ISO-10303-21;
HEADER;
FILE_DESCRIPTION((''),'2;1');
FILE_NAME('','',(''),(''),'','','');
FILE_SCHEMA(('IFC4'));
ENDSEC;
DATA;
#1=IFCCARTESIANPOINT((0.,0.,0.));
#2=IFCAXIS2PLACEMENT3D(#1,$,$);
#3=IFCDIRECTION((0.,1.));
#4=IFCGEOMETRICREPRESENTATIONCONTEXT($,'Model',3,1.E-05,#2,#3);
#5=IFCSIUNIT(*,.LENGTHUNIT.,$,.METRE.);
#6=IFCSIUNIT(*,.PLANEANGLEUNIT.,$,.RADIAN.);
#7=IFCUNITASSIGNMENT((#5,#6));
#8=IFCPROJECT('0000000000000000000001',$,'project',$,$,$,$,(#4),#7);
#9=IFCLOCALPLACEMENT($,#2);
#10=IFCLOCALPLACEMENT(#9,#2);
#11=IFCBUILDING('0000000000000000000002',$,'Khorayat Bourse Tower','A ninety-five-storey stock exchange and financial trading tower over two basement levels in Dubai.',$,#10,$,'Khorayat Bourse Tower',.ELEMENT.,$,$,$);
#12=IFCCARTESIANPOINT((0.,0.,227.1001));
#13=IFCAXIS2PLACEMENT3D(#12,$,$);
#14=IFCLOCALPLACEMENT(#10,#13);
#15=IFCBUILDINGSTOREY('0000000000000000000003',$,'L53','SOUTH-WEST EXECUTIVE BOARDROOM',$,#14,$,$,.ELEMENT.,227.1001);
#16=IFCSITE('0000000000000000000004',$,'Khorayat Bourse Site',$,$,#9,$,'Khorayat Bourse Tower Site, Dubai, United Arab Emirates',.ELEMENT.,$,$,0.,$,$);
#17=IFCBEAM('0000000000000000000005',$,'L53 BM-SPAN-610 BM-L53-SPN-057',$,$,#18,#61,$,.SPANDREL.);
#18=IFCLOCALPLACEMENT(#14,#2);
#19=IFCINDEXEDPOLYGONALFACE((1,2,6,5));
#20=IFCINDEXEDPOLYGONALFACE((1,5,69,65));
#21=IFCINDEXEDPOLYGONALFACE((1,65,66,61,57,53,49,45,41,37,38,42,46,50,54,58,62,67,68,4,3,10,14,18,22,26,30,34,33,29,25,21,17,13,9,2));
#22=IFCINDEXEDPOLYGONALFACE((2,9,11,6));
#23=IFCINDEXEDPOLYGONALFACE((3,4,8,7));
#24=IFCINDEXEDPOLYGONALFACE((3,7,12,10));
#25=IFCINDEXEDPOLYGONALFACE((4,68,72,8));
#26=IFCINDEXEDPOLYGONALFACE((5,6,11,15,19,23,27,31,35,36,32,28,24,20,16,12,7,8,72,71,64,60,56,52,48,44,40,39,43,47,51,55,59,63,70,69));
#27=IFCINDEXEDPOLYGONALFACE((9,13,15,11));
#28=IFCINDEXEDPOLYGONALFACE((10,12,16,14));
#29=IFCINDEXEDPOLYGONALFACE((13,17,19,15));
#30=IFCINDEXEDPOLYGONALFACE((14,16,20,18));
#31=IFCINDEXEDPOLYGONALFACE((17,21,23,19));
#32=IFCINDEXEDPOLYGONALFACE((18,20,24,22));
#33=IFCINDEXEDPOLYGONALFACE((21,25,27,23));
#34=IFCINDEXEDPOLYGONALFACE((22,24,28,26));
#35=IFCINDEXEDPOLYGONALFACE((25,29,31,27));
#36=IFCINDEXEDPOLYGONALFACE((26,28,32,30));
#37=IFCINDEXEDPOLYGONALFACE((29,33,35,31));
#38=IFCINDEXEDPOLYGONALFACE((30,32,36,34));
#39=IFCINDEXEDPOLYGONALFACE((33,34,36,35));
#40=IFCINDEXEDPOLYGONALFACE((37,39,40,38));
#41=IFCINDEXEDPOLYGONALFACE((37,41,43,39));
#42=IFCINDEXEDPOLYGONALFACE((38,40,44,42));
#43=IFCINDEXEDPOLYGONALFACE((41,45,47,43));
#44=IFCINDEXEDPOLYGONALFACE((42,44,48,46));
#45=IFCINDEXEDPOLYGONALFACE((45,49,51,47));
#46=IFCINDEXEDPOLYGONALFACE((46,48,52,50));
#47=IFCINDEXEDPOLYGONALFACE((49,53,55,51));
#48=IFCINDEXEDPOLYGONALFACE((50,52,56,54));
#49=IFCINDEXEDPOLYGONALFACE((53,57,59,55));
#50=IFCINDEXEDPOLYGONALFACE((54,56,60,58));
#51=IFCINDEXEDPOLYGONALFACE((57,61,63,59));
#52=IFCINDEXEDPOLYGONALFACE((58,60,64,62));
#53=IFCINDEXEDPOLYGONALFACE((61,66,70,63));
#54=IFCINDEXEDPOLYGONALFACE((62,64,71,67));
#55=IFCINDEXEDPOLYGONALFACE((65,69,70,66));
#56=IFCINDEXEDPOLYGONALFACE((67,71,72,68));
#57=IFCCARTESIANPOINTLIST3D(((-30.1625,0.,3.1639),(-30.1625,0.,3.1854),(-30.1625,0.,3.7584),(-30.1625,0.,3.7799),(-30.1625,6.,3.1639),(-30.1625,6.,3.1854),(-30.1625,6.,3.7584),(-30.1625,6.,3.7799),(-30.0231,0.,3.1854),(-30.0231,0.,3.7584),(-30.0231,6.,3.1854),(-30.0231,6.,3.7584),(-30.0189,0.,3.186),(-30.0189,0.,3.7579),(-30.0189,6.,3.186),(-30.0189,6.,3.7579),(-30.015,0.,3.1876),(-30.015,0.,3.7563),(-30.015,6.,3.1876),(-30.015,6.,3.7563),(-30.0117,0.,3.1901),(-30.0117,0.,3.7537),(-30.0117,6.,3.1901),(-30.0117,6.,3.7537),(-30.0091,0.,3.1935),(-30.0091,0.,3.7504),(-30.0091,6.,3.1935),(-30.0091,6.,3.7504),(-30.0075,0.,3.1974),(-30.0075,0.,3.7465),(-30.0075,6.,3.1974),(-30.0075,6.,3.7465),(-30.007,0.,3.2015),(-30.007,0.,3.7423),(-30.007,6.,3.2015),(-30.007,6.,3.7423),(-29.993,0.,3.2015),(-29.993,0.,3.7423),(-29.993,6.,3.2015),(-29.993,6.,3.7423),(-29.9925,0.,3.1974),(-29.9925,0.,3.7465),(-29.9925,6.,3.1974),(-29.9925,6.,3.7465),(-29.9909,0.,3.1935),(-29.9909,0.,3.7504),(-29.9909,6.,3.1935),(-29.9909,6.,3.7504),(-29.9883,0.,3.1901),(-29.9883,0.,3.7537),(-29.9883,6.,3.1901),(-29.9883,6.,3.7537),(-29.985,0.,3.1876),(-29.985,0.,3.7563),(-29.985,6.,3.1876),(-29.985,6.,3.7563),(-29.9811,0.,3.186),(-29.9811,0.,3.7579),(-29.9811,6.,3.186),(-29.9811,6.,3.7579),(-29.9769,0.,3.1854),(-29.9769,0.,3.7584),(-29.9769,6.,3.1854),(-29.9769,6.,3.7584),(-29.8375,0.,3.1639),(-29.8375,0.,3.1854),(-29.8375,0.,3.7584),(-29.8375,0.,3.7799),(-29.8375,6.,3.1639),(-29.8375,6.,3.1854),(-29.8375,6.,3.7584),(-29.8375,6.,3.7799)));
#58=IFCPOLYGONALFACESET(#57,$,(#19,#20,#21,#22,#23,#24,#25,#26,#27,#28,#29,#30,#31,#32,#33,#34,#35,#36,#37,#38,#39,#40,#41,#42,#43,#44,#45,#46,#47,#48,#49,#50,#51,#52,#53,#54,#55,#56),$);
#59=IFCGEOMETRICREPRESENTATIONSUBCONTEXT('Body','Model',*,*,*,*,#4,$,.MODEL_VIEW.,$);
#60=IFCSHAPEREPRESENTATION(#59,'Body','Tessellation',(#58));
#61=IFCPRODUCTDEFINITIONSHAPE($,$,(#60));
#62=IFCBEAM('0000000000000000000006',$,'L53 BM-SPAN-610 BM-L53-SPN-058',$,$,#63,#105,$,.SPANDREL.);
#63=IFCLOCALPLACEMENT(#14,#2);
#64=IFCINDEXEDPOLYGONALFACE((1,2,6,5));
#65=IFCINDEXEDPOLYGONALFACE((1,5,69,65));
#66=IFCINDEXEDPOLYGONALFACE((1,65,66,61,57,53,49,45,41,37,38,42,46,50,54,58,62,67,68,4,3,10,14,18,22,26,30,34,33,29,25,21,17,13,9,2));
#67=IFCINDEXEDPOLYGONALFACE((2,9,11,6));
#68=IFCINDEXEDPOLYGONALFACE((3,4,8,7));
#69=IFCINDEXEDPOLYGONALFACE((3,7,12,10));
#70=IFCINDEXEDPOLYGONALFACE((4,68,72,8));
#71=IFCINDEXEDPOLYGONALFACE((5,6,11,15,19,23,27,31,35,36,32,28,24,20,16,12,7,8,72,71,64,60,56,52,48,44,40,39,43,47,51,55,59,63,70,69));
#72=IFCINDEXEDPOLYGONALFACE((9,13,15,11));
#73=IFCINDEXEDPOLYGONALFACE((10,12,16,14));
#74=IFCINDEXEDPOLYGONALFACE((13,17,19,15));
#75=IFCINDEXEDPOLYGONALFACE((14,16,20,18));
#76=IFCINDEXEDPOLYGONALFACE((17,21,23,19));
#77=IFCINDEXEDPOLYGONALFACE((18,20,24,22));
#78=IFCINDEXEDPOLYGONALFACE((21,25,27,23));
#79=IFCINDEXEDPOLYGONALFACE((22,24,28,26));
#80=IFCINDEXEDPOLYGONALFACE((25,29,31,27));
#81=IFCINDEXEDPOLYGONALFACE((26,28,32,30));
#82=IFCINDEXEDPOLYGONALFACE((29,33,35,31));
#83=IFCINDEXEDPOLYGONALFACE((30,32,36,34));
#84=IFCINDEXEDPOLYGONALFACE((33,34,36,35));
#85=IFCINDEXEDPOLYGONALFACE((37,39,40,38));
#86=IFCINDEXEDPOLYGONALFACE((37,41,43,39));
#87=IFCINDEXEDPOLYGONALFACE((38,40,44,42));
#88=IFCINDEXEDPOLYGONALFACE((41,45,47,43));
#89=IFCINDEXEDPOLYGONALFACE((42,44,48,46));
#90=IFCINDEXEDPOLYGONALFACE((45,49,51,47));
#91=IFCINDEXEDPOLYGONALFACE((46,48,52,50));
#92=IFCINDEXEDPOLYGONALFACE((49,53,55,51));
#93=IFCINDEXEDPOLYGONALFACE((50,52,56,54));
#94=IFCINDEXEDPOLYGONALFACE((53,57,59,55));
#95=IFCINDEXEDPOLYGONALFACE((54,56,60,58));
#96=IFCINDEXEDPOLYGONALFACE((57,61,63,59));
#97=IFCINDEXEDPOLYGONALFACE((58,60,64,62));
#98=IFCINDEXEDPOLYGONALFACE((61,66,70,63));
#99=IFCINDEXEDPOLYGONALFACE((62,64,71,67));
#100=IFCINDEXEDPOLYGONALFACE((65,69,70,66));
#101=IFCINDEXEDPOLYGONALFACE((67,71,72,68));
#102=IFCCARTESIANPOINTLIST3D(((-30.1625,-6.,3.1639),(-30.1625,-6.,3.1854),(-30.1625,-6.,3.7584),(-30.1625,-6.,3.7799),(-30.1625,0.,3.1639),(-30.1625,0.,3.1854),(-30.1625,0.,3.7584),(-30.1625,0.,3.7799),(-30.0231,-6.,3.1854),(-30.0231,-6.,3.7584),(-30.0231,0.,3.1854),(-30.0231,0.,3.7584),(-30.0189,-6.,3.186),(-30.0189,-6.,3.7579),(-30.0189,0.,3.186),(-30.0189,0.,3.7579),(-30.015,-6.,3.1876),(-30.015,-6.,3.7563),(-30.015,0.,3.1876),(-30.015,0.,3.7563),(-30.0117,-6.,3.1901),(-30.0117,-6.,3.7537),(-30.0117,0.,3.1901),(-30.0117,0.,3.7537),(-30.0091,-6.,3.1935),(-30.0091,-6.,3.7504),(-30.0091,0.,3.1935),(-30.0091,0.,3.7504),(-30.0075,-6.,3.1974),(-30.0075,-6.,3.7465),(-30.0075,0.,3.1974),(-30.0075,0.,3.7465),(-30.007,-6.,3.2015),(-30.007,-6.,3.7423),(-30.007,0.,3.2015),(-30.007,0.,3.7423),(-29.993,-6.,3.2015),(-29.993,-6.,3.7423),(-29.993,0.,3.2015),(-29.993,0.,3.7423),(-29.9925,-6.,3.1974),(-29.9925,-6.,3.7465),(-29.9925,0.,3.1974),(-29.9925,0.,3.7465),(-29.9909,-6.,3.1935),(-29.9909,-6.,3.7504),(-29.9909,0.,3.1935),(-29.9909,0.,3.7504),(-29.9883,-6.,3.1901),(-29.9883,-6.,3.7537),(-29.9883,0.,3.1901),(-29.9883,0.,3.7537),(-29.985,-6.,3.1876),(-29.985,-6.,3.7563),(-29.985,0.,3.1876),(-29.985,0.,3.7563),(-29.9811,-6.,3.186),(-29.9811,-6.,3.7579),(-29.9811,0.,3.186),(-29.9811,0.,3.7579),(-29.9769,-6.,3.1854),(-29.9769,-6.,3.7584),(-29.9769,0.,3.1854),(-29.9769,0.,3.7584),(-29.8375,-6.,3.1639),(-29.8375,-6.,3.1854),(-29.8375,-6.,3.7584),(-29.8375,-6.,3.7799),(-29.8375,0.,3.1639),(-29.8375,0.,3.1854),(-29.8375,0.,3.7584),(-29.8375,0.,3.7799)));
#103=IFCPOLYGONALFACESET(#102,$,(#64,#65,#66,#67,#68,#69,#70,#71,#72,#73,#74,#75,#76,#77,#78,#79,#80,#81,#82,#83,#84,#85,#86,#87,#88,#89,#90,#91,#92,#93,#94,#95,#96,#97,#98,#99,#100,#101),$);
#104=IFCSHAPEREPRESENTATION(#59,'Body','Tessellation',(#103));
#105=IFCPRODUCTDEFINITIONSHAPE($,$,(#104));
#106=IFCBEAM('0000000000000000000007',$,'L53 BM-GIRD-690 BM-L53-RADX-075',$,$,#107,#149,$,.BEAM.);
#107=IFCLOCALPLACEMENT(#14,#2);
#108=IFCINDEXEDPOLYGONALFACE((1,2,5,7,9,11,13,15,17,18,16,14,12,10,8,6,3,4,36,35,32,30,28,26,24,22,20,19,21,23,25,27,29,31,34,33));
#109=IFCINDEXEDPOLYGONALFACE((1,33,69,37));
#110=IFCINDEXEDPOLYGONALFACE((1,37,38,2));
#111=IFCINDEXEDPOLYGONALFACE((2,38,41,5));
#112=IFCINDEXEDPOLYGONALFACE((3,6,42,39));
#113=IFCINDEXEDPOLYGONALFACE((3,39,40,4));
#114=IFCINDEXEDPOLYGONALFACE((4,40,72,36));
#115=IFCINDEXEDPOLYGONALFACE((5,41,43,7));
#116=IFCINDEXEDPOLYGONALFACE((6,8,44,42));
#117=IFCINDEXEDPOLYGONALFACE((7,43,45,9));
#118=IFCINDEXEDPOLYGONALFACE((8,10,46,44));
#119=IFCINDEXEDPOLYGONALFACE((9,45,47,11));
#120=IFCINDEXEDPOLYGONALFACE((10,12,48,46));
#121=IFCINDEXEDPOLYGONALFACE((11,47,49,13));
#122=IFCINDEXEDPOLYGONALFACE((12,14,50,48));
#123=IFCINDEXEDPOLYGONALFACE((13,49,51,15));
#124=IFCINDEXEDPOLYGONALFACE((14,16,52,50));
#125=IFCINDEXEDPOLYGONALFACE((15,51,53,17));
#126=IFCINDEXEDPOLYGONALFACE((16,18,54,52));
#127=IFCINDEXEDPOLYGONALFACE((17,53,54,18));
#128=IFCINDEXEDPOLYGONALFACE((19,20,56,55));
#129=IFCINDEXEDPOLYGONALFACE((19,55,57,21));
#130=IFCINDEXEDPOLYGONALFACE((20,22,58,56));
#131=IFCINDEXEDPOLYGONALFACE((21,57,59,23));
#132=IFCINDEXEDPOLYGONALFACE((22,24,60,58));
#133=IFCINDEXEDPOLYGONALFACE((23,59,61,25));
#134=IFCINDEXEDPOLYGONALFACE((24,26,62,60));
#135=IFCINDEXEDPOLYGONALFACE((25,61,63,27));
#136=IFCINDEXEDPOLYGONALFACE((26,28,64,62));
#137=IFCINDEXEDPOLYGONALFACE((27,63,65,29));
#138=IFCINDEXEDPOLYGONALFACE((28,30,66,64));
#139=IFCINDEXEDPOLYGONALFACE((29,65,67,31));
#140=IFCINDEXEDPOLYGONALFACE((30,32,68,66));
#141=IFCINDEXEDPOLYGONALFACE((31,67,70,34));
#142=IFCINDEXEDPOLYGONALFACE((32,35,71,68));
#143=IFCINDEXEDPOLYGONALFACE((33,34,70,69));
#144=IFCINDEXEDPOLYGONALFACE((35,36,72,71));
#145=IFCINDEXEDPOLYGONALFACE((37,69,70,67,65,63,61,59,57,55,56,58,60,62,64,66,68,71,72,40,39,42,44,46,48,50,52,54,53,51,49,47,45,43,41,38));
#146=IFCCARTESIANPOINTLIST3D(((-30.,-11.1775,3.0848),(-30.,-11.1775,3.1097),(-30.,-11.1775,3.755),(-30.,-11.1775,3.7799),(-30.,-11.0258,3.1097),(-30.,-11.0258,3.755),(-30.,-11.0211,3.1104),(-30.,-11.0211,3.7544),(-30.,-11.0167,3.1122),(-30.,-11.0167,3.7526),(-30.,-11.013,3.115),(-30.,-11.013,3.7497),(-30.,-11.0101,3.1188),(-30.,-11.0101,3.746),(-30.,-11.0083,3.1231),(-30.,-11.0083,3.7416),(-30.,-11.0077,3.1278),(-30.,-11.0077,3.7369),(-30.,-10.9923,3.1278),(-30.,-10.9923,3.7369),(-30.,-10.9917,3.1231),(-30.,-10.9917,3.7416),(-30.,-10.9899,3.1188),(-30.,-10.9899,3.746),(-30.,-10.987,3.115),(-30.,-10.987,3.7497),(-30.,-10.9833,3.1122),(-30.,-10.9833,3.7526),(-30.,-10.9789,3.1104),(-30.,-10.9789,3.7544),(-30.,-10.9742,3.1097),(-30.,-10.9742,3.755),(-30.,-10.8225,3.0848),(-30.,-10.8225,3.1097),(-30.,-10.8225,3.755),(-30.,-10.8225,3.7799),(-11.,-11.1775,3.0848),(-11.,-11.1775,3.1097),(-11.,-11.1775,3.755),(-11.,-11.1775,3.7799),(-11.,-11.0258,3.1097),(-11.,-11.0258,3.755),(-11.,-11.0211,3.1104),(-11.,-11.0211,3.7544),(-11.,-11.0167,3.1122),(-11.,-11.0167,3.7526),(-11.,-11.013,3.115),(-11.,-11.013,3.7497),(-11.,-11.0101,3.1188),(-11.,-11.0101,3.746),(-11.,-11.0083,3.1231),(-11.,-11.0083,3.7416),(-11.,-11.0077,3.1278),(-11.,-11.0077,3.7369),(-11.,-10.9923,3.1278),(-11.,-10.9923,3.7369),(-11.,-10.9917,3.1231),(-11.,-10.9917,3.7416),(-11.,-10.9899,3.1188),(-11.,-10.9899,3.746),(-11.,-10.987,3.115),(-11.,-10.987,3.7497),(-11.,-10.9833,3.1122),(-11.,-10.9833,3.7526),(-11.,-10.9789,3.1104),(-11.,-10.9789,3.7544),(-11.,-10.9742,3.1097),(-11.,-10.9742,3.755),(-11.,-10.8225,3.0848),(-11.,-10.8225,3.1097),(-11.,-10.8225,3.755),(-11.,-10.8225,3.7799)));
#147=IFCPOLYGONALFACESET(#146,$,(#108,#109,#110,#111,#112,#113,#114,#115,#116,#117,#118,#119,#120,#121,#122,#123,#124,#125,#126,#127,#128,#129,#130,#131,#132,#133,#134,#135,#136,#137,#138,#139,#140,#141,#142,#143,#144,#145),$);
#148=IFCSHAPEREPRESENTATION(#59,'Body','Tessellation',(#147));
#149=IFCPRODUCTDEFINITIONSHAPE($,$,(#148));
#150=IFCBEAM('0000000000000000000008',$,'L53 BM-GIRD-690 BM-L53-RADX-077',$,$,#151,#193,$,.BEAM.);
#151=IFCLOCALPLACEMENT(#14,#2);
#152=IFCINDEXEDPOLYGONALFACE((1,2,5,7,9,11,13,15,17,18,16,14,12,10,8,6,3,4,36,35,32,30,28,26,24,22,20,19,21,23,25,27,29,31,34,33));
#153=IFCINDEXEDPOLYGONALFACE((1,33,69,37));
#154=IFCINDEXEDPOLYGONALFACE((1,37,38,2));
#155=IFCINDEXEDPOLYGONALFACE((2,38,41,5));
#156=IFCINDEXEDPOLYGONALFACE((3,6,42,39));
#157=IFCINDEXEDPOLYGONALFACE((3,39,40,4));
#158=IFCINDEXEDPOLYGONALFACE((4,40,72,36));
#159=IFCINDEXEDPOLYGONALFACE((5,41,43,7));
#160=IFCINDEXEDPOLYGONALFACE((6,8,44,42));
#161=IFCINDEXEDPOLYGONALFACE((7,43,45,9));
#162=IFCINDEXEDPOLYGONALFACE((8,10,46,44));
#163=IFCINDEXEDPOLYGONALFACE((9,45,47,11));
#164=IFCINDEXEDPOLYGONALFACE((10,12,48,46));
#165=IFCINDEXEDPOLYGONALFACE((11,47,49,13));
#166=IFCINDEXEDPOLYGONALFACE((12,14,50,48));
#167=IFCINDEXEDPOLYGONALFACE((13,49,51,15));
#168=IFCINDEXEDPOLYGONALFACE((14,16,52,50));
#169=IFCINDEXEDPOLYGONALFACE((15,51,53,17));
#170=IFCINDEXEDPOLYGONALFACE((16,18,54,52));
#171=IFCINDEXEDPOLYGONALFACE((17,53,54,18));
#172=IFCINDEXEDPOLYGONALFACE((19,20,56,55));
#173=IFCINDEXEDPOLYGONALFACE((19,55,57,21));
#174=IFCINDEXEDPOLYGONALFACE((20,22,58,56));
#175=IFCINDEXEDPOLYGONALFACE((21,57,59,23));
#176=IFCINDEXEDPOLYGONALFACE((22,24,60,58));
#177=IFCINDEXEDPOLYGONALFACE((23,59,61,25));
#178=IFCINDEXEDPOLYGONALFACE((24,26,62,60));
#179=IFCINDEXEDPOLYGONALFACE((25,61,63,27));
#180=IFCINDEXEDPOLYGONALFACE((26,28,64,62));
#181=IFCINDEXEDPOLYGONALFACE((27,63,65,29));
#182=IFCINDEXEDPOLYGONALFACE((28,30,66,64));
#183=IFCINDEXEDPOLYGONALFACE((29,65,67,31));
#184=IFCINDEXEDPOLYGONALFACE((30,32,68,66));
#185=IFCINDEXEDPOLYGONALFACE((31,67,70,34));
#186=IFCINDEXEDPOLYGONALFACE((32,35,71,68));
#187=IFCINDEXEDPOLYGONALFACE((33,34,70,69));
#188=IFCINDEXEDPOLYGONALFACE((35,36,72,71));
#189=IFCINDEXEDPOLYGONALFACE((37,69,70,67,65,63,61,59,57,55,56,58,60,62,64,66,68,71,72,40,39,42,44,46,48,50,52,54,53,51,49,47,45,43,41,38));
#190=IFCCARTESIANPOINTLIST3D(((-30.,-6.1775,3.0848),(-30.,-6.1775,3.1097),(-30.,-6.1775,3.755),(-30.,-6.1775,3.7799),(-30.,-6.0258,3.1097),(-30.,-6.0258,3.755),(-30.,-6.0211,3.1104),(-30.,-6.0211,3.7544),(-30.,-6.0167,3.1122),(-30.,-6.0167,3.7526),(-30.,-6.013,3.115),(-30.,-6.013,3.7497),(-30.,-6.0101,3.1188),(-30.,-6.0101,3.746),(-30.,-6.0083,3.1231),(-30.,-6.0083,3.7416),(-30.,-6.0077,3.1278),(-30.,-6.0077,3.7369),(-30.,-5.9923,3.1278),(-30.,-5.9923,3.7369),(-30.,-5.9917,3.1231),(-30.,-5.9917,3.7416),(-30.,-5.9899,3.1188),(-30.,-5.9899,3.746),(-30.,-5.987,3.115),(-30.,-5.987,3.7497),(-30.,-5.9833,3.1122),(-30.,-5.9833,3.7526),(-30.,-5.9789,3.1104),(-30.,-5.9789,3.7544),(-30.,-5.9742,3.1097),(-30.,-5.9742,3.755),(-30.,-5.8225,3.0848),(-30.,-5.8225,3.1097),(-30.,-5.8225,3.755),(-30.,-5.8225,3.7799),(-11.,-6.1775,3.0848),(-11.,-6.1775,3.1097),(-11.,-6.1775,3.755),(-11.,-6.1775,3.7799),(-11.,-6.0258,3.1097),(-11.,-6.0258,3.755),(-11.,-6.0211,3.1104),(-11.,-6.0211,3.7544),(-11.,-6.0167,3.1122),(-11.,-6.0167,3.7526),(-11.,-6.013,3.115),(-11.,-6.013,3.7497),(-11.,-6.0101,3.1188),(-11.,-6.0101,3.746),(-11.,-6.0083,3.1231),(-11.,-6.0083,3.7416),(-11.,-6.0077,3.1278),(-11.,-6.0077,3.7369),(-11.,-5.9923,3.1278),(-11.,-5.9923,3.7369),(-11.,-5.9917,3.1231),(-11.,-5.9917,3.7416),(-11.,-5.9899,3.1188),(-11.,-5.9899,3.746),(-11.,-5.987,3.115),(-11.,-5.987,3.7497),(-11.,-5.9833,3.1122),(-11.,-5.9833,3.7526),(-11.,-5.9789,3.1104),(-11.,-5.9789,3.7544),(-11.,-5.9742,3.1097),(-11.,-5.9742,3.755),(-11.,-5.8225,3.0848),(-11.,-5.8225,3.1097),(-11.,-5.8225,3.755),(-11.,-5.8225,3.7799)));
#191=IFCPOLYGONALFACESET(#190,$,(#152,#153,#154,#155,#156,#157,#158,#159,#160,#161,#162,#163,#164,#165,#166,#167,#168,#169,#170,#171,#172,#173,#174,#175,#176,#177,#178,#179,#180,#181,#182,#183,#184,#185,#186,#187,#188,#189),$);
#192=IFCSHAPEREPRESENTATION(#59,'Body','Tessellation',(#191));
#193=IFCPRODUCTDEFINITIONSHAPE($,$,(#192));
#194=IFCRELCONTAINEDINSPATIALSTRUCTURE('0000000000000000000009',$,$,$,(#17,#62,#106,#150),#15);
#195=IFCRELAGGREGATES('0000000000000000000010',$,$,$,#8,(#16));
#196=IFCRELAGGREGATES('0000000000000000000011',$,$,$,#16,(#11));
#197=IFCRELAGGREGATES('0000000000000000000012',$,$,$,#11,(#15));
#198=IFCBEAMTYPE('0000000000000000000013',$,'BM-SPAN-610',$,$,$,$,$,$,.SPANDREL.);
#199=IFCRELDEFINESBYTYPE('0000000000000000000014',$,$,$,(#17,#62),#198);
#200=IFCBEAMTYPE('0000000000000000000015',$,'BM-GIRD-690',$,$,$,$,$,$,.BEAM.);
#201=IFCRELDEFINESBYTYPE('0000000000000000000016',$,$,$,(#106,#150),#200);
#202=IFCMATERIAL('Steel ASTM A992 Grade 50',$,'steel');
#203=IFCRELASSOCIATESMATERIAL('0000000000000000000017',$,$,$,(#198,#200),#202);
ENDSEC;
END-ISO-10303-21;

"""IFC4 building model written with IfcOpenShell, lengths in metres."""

from ifc_helpers import new_model, si_unit, direction, frame, origin, origin_2d, place, context, subcontext, project, spatial, i_section, extrude, source, transform, mapped, material, material_profile, profile_set, type_object, element, save


model = new_model("IFC4")

# Units and contexts
model_context = context("Model", 3, precision=1e-05, world=origin(), true_north=direction((0.0, 1.0)))
body_context = subcontext(model_context, "Body", "Model", "MODEL_VIEW")
ifc_project = project(units=[si_unit("LENGTHUNIT", "METRE"), si_unit("PLANEANGLEUNIT", "RADIAN")], contexts=[model_context])

# Site, building, storey
site_placement = place(None, origin())
site = spatial("IfcSite", under=ifc_project, at=site_placement, Name="Khorayat Bourse Site", LongName="Khorayat Bourse Tower Site, Dubai, United Arab Emirates", CompositionType="ELEMENT", RefElevation=0.0)
building_placement = place(site_placement, origin())
building = spatial("IfcBuilding", under=site, at=building_placement, Name="Khorayat Bourse Tower", Description="A ninety-five-storey stock exchange and financial trading tower over two basement levels in Dubai.", LongName="Khorayat Bourse Tower", CompositionType="ELEMENT")
storey_placement = place(building_placement, frame((0.0, 0.0, 227.1001)))
storey = spatial("IfcBuildingStorey", under=building, at=storey_placement, Name="L53", Description="SOUTH-WEST EXECUTIVE BOARDROOM", CompositionType="ELEMENT", Elevation=227.1001)

# Beams
ifc_material_1 = material(Name="Steel ASTM A992 Grade 50", Category="steel")
ifc_material_profile_1 = material_profile(ifc_material_1, i_section(OverallWidth=0.325, OverallDepth=0.616, WebThickness=0.0139, FlangeThickness=0.0215, FilletRadius=0.0161, at=origin_2d()), Name="W610X174")
ifc_profile_set_1 = profile_set([ifc_material_profile_1], Name="Steel ASTM A992 Grade 50")
beam_type_1 = type_object("IfcBeamType", Name="BM-SPAN-610", PredefinedType="SPANDREL", material=ifc_profile_set_1)
shared_shape_1 = source(origin(), body_context, "Body", "SweptSolid", [
    extrude(i_section(OverallWidth=0.325, OverallDepth=0.616, WebThickness=0.0139, FlangeThickness=0.0215, FilletRadius=0.0161, at=origin_2d()), origin(), (0.0, 0.0, 1.0), 6.0),
])
for number, where, z_axis, x_axis, name in (
    (1, (-30.0, 0.0, 3.4719), (0.0, 1.0, 0.0), (-1.0, 0.0, 0.0), "L53 BM-SPAN-610 BM-L53-SPN-057"),
    (2, (-30.0, -6.0, 3.4719), (0.0, 1.0, 0.0), (-1.0, 0.0, 0.0), "L53 BM-SPAN-610 BM-L53-SPN-058"),
):
    element("IfcBeam", number, at=place(storey_placement, frame(where, z_axis=z_axis, x_axis=x_axis)), inside=storey, type_object=beam_type_1, Name=name, PredefinedType="SPANDREL", context=body_context, shape_type="MappedRepresentation", body=[
        mapped(shared_shape_1, transform((0.0, 0.0, 0.0), scale=1.0)),
    ])
ifc_material_profile_2 = material_profile(ifc_material_1, i_section(OverallWidth=0.355, OverallDepth=0.6951, WebThickness=0.0154, FlangeThickness=0.0249, FilletRadius=0.0181, at=origin_2d()), Name="W690X217")
ifc_profile_set_2 = profile_set([ifc_material_profile_2], Name="Steel ASTM A992 Grade 50")
beam_type_2 = type_object("IfcBeamType", Name="BM-GIRD-690", PredefinedType="BEAM", material=ifc_profile_set_2)
shared_shape_2 = source(origin(), body_context, "Body", "SweptSolid", [
    extrude(i_section(OverallWidth=0.355, OverallDepth=0.6951, WebThickness=0.0154, FlangeThickness=0.0249, FilletRadius=0.0181, at=origin_2d()), origin(), (0.0, 0.0, 1.0), 19.0),
])
for number, where, z_axis, x_axis, name in (
    (3, (-30.0, -11.0, 3.4324), (1.0, 0.0, 0.0), (0.0, 1.0, 0.0), "L53 BM-GIRD-690 BM-L53-RADX-075"),
    (4, (-30.0, -6.0, 3.4324), (1.0, 0.0, 0.0), (0.0, 1.0, 0.0), "L53 BM-GIRD-690 BM-L53-RADX-077"),
):
    element("IfcBeam", number, at=place(storey_placement, frame(where, z_axis=z_axis, x_axis=x_axis)), inside=storey, type_object=beam_type_2, Name=name, PredefinedType="BEAM", context=body_context, shape_type="MappedRepresentation", body=[
        mapped(shared_shape_2, transform((0.0, 0.0, 0.0), scale=1.0)),
    ])

save(model, "model.ifc")
